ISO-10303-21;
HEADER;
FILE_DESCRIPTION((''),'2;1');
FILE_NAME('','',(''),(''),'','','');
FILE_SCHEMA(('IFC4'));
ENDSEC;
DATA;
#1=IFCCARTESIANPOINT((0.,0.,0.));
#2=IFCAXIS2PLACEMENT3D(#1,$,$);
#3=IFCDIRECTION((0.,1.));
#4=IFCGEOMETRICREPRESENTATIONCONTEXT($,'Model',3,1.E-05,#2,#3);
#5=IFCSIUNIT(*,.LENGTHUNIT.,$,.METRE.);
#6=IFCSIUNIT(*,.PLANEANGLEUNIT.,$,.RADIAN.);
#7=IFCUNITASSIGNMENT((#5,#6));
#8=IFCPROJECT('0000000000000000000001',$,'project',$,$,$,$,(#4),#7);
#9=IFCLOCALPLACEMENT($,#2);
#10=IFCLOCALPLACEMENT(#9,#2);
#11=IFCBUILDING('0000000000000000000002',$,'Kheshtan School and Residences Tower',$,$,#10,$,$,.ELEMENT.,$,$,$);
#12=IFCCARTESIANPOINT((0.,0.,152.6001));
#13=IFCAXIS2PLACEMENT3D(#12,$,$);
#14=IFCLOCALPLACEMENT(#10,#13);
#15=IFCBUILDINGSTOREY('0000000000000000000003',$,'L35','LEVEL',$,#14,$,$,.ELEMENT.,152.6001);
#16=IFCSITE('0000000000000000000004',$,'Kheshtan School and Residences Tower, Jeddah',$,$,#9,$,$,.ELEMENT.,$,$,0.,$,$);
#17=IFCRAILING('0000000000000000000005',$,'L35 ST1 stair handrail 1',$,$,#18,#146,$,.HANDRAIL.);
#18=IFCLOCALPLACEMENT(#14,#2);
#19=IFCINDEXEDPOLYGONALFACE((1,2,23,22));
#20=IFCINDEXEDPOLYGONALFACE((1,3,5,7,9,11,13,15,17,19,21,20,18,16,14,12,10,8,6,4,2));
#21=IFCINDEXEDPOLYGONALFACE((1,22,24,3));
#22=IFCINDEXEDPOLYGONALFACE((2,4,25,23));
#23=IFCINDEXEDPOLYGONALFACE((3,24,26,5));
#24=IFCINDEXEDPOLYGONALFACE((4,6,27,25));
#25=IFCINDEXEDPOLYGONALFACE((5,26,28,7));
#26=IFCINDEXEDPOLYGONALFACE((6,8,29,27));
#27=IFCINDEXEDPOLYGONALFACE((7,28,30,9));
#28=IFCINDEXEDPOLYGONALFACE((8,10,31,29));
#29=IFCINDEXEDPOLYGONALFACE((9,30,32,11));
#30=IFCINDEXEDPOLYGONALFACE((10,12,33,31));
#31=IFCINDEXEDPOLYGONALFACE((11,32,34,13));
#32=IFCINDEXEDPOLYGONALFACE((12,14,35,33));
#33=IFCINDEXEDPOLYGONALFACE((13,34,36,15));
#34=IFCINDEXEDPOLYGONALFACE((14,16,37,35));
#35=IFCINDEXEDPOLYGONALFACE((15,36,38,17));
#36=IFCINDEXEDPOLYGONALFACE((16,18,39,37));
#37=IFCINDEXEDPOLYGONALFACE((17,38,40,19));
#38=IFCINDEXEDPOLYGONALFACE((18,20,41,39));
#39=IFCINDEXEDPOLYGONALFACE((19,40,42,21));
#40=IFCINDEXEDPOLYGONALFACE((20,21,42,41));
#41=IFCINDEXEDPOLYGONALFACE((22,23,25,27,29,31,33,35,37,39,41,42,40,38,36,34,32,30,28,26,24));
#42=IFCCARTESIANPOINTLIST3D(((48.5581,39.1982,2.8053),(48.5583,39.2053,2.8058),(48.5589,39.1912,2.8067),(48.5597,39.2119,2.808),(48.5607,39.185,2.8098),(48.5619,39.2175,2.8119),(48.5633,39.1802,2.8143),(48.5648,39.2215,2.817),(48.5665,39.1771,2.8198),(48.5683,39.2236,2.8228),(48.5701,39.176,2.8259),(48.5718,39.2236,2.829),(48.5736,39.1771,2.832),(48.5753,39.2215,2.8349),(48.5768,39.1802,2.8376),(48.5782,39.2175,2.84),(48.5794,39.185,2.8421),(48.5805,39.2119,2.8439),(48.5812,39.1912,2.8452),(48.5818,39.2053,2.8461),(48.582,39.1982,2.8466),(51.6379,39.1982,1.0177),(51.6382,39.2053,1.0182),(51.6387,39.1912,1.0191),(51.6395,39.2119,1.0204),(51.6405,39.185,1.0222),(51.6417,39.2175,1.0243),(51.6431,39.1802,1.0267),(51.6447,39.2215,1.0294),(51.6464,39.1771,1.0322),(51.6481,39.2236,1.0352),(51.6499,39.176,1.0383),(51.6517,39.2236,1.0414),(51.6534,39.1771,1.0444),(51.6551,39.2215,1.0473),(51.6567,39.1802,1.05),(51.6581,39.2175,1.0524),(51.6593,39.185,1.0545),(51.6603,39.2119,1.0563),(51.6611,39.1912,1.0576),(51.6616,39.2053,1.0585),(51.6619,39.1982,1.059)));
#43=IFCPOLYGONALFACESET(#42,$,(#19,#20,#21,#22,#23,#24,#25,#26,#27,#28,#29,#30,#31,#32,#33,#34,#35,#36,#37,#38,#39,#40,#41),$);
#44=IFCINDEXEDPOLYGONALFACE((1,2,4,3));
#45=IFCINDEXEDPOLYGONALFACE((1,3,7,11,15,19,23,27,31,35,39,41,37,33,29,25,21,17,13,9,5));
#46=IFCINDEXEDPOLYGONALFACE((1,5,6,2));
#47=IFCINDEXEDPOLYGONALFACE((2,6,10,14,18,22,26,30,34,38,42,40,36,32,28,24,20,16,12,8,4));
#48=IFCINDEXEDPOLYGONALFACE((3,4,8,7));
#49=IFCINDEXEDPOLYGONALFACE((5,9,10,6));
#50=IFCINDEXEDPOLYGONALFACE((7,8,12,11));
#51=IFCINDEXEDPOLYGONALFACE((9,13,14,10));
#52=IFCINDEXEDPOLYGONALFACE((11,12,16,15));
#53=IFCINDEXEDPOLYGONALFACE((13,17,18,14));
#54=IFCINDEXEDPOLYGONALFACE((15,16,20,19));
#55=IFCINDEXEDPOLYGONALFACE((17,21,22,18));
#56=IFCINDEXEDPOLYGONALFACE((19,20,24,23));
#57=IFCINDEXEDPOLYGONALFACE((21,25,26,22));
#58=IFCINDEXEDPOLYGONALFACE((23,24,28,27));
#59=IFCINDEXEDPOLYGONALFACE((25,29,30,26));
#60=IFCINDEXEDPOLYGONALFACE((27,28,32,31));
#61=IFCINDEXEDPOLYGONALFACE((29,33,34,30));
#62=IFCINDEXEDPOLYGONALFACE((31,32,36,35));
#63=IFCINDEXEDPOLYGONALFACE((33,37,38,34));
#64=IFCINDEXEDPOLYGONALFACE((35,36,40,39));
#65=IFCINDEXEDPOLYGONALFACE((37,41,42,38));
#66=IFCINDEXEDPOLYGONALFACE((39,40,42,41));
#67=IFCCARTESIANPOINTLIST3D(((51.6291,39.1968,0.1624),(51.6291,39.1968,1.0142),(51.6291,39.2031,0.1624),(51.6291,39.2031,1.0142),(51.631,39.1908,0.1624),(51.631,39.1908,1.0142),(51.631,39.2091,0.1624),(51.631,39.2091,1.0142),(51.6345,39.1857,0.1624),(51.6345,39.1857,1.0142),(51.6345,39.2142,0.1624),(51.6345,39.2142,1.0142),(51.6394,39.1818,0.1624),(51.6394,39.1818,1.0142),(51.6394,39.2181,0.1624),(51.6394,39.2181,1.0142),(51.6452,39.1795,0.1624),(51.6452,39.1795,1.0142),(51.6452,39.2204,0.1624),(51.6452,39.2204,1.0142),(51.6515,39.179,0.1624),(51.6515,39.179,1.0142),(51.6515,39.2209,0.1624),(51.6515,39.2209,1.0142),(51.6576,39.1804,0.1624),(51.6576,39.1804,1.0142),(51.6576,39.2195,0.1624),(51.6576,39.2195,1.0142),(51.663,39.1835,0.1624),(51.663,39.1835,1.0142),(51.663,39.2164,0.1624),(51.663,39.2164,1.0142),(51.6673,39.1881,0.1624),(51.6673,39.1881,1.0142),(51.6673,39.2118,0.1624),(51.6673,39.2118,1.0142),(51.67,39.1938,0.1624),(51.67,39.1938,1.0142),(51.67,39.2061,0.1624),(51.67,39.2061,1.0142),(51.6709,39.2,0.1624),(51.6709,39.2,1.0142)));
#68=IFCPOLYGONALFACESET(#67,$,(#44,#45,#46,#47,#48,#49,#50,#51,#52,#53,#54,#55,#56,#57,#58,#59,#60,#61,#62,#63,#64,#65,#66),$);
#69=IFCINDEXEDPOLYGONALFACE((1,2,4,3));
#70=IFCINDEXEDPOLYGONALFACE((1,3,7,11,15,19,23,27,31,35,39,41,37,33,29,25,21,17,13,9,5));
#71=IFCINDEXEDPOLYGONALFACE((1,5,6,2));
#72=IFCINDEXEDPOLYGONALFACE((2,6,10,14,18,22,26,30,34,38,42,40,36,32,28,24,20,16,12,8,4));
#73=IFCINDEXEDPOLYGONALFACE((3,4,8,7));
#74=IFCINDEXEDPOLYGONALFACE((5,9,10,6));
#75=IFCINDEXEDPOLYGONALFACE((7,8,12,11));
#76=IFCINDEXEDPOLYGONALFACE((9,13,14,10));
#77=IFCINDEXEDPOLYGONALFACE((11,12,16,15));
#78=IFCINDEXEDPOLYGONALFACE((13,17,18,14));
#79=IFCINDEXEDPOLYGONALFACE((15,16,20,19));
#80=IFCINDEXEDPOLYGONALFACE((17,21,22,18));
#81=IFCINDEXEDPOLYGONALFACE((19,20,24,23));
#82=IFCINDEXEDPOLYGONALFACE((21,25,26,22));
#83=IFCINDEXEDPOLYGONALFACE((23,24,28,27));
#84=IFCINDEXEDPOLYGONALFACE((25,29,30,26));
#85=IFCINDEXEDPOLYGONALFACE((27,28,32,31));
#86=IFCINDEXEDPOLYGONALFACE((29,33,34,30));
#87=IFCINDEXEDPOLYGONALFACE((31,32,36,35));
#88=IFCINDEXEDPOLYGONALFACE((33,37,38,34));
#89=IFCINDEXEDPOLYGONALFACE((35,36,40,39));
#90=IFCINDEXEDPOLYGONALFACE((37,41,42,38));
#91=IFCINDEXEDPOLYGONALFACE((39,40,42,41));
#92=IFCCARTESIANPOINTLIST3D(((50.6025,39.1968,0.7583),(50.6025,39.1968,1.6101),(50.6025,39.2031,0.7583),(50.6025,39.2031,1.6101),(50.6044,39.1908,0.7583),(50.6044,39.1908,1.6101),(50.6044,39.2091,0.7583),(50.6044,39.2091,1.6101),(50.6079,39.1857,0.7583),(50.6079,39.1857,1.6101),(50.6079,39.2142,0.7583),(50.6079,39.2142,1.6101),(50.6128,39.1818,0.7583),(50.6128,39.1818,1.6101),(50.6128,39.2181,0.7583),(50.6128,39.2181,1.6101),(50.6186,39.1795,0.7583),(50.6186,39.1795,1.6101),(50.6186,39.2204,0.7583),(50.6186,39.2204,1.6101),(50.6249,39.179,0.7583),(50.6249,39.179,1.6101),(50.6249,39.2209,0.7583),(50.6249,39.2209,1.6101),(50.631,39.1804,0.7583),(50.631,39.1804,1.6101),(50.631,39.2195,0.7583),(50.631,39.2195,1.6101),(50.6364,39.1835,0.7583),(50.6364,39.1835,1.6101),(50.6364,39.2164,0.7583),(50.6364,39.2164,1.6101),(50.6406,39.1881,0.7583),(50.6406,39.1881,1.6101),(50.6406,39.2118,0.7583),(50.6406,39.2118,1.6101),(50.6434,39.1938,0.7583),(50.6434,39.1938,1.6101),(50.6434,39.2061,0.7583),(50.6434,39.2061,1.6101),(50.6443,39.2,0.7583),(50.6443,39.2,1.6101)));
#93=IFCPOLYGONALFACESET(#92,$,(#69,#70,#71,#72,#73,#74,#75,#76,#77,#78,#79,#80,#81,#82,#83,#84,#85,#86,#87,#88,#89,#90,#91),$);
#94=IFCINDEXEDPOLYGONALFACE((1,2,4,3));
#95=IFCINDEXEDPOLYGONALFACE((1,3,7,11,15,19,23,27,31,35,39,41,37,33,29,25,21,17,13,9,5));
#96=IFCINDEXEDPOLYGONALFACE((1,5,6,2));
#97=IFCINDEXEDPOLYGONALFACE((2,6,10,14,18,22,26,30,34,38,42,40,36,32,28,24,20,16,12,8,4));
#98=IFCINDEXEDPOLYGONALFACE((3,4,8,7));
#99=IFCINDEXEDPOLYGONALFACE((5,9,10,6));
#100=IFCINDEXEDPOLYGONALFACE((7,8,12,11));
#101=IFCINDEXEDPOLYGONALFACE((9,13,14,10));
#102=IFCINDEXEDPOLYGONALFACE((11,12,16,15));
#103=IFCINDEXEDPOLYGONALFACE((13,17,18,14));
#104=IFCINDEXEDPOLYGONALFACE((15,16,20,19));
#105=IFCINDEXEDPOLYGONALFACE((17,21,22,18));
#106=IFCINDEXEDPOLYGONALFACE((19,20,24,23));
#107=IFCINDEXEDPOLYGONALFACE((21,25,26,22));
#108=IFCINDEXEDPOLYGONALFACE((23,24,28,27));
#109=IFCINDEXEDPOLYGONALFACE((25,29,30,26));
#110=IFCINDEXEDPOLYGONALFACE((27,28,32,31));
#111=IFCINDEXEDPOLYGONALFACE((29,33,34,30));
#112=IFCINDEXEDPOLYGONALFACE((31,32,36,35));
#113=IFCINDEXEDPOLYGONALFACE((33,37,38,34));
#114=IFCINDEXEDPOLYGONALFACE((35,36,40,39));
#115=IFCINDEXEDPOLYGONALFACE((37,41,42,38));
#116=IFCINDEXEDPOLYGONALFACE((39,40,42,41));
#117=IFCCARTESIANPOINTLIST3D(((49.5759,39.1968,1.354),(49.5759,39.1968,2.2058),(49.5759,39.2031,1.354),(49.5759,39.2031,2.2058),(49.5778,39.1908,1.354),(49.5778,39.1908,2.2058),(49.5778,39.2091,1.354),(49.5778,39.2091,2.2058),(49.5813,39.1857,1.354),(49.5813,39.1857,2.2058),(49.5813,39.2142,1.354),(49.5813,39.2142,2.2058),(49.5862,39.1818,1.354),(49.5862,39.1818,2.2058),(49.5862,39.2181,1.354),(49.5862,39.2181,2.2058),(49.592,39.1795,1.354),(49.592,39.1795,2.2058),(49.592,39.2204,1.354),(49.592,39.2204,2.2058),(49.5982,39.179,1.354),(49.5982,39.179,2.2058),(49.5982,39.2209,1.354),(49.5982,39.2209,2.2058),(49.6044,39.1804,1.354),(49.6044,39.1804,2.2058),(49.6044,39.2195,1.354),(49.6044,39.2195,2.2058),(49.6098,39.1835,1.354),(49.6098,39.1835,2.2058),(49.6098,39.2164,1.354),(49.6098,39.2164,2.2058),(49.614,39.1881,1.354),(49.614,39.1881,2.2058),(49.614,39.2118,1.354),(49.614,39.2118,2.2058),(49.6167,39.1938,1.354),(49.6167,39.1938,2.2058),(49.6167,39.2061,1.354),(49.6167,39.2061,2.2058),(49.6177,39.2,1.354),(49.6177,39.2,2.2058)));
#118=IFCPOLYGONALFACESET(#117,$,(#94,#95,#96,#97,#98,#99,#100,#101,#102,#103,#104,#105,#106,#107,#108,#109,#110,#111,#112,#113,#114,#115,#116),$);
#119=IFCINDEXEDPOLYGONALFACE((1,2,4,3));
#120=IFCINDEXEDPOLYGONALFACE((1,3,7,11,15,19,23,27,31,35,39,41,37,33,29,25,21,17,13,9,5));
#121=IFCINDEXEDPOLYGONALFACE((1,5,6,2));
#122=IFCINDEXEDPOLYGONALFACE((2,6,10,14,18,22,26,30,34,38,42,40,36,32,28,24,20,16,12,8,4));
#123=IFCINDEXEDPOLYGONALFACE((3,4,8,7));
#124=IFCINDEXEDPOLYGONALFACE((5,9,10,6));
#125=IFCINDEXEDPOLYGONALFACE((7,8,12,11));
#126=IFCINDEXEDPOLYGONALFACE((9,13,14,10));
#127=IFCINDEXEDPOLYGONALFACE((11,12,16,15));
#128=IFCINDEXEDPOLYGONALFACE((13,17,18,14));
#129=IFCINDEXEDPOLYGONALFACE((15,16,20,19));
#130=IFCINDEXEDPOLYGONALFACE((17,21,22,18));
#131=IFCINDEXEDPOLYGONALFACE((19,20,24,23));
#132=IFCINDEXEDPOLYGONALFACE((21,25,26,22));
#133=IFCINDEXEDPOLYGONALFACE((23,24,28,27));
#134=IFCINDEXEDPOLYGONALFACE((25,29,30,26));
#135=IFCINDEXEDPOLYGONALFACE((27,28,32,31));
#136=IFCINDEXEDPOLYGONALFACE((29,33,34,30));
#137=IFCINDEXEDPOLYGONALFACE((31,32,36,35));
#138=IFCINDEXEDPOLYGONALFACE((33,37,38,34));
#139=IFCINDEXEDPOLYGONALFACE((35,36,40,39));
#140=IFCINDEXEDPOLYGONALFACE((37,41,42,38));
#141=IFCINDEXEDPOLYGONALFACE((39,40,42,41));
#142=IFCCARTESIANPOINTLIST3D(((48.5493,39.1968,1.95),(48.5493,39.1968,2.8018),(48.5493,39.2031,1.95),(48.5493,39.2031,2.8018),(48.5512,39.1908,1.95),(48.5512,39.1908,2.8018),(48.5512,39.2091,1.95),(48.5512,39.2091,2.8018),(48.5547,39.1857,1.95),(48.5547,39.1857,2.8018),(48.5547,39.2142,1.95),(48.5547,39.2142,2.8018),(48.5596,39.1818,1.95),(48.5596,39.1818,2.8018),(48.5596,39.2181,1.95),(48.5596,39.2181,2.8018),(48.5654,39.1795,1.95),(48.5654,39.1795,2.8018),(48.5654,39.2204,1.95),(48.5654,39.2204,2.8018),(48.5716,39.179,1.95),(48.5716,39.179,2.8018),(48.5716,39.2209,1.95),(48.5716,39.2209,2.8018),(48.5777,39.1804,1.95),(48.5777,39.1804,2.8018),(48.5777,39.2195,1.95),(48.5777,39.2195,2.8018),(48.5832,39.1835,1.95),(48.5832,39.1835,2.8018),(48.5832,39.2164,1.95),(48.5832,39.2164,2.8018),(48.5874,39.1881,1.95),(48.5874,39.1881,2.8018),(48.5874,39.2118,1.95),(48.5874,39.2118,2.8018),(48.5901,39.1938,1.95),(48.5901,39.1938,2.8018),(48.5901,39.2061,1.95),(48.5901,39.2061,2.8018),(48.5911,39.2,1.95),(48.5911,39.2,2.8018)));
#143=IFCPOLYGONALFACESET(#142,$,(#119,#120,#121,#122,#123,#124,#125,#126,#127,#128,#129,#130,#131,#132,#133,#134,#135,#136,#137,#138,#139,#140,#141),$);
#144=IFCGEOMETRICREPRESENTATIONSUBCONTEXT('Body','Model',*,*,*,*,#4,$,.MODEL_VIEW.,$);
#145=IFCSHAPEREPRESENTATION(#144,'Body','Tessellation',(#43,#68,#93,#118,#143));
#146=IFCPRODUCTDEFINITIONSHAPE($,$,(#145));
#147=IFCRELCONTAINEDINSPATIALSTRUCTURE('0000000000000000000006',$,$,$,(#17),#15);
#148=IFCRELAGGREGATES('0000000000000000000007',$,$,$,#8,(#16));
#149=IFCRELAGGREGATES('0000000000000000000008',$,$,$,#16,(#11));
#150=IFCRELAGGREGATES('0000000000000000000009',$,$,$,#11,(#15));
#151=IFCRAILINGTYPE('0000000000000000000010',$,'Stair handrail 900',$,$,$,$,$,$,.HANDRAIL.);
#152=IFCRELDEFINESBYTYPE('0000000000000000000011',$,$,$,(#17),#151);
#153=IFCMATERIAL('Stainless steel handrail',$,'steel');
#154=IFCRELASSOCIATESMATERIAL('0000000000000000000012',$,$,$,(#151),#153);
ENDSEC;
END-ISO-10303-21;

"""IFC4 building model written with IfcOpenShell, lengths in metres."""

from ifc_helpers import new_model, si_unit, direction, frame, origin, origin_2d, place, context, subcontext, project, spatial, circle, extrude, material, type_object, element, save


model = new_model("IFC4")

# Units and contexts
model_context = context("Model", 3, precision=1e-05, world=origin(), true_north=direction((0.0, 1.0)))
body_context = subcontext(model_context, "Body", "Model", "MODEL_VIEW")
ifc_project = project(units=[si_unit("LENGTHUNIT", "METRE"), si_unit("PLANEANGLEUNIT", "RADIAN")], contexts=[model_context])

# Site, building, storey
site_placement = place(None, origin())
site = spatial("IfcSite", under=ifc_project, at=site_placement, Name="Kheshtan School and Residences Tower, Jeddah", CompositionType="ELEMENT", RefElevation=0.0)
building_placement = place(site_placement, origin())
building = spatial("IfcBuilding", under=site, at=building_placement, Name="Kheshtan School and Residences Tower", CompositionType="ELEMENT")
storey_placement = place(building_placement, frame((0.0, 0.0, 152.6001)))
storey = spatial("IfcBuildingStorey", under=building, at=storey_placement, Name="L35", Description="LEVEL", CompositionType="ELEMENT", Elevation=152.6001)

# Railing
ifc_material_1 = material(Name="Stainless steel handrail", Category="steel")
railing_type_1 = type_object("IfcRailingType", Name="Stair handrail 900", PredefinedType="HANDRAIL", material=ifc_material_1)
railing_1_placement = place(storey_placement, frame((51.6499, 39.2, 0.1624)))
element("IfcRailing", 1, at=railing_1_placement, inside=storey, type_object=railing_type_1, Name="L35 ST1 stair handrail 1", PredefinedType="HANDRAIL", context=body_context, shape_type="SweptSolid", body=[
    extrude(circle(Radius=0.0239, at=origin_2d()), frame((0.0, 0.0, 0.876), z_axis=(-0.864873, 0.0, 0.50199), x_axis=(0.0, -1.0, 0.0)), (0.0, 0.0, 1.0), 3.561),
    extrude(circle(Radius=0.021, at=origin_2d()), origin(), (0.0, 0.0, 1.0), 0.8518),
    extrude(circle(Radius=0.021, at=origin_2d()), frame((-1.0266, 0.0, 0.5959)), (0.0, 0.0, 1.0), 0.8518),
    extrude(circle(Radius=0.021, at=origin_2d()), frame((-2.0532, 0.0, 1.1917)), (0.0, 0.0, 1.0), 0.8518),
    extrude(circle(Radius=0.021, at=origin_2d()), frame((-3.0798, 0.0, 1.7876)), (0.0, 0.0, 1.0), 0.8518),
])

save(model, "model.ifc")
